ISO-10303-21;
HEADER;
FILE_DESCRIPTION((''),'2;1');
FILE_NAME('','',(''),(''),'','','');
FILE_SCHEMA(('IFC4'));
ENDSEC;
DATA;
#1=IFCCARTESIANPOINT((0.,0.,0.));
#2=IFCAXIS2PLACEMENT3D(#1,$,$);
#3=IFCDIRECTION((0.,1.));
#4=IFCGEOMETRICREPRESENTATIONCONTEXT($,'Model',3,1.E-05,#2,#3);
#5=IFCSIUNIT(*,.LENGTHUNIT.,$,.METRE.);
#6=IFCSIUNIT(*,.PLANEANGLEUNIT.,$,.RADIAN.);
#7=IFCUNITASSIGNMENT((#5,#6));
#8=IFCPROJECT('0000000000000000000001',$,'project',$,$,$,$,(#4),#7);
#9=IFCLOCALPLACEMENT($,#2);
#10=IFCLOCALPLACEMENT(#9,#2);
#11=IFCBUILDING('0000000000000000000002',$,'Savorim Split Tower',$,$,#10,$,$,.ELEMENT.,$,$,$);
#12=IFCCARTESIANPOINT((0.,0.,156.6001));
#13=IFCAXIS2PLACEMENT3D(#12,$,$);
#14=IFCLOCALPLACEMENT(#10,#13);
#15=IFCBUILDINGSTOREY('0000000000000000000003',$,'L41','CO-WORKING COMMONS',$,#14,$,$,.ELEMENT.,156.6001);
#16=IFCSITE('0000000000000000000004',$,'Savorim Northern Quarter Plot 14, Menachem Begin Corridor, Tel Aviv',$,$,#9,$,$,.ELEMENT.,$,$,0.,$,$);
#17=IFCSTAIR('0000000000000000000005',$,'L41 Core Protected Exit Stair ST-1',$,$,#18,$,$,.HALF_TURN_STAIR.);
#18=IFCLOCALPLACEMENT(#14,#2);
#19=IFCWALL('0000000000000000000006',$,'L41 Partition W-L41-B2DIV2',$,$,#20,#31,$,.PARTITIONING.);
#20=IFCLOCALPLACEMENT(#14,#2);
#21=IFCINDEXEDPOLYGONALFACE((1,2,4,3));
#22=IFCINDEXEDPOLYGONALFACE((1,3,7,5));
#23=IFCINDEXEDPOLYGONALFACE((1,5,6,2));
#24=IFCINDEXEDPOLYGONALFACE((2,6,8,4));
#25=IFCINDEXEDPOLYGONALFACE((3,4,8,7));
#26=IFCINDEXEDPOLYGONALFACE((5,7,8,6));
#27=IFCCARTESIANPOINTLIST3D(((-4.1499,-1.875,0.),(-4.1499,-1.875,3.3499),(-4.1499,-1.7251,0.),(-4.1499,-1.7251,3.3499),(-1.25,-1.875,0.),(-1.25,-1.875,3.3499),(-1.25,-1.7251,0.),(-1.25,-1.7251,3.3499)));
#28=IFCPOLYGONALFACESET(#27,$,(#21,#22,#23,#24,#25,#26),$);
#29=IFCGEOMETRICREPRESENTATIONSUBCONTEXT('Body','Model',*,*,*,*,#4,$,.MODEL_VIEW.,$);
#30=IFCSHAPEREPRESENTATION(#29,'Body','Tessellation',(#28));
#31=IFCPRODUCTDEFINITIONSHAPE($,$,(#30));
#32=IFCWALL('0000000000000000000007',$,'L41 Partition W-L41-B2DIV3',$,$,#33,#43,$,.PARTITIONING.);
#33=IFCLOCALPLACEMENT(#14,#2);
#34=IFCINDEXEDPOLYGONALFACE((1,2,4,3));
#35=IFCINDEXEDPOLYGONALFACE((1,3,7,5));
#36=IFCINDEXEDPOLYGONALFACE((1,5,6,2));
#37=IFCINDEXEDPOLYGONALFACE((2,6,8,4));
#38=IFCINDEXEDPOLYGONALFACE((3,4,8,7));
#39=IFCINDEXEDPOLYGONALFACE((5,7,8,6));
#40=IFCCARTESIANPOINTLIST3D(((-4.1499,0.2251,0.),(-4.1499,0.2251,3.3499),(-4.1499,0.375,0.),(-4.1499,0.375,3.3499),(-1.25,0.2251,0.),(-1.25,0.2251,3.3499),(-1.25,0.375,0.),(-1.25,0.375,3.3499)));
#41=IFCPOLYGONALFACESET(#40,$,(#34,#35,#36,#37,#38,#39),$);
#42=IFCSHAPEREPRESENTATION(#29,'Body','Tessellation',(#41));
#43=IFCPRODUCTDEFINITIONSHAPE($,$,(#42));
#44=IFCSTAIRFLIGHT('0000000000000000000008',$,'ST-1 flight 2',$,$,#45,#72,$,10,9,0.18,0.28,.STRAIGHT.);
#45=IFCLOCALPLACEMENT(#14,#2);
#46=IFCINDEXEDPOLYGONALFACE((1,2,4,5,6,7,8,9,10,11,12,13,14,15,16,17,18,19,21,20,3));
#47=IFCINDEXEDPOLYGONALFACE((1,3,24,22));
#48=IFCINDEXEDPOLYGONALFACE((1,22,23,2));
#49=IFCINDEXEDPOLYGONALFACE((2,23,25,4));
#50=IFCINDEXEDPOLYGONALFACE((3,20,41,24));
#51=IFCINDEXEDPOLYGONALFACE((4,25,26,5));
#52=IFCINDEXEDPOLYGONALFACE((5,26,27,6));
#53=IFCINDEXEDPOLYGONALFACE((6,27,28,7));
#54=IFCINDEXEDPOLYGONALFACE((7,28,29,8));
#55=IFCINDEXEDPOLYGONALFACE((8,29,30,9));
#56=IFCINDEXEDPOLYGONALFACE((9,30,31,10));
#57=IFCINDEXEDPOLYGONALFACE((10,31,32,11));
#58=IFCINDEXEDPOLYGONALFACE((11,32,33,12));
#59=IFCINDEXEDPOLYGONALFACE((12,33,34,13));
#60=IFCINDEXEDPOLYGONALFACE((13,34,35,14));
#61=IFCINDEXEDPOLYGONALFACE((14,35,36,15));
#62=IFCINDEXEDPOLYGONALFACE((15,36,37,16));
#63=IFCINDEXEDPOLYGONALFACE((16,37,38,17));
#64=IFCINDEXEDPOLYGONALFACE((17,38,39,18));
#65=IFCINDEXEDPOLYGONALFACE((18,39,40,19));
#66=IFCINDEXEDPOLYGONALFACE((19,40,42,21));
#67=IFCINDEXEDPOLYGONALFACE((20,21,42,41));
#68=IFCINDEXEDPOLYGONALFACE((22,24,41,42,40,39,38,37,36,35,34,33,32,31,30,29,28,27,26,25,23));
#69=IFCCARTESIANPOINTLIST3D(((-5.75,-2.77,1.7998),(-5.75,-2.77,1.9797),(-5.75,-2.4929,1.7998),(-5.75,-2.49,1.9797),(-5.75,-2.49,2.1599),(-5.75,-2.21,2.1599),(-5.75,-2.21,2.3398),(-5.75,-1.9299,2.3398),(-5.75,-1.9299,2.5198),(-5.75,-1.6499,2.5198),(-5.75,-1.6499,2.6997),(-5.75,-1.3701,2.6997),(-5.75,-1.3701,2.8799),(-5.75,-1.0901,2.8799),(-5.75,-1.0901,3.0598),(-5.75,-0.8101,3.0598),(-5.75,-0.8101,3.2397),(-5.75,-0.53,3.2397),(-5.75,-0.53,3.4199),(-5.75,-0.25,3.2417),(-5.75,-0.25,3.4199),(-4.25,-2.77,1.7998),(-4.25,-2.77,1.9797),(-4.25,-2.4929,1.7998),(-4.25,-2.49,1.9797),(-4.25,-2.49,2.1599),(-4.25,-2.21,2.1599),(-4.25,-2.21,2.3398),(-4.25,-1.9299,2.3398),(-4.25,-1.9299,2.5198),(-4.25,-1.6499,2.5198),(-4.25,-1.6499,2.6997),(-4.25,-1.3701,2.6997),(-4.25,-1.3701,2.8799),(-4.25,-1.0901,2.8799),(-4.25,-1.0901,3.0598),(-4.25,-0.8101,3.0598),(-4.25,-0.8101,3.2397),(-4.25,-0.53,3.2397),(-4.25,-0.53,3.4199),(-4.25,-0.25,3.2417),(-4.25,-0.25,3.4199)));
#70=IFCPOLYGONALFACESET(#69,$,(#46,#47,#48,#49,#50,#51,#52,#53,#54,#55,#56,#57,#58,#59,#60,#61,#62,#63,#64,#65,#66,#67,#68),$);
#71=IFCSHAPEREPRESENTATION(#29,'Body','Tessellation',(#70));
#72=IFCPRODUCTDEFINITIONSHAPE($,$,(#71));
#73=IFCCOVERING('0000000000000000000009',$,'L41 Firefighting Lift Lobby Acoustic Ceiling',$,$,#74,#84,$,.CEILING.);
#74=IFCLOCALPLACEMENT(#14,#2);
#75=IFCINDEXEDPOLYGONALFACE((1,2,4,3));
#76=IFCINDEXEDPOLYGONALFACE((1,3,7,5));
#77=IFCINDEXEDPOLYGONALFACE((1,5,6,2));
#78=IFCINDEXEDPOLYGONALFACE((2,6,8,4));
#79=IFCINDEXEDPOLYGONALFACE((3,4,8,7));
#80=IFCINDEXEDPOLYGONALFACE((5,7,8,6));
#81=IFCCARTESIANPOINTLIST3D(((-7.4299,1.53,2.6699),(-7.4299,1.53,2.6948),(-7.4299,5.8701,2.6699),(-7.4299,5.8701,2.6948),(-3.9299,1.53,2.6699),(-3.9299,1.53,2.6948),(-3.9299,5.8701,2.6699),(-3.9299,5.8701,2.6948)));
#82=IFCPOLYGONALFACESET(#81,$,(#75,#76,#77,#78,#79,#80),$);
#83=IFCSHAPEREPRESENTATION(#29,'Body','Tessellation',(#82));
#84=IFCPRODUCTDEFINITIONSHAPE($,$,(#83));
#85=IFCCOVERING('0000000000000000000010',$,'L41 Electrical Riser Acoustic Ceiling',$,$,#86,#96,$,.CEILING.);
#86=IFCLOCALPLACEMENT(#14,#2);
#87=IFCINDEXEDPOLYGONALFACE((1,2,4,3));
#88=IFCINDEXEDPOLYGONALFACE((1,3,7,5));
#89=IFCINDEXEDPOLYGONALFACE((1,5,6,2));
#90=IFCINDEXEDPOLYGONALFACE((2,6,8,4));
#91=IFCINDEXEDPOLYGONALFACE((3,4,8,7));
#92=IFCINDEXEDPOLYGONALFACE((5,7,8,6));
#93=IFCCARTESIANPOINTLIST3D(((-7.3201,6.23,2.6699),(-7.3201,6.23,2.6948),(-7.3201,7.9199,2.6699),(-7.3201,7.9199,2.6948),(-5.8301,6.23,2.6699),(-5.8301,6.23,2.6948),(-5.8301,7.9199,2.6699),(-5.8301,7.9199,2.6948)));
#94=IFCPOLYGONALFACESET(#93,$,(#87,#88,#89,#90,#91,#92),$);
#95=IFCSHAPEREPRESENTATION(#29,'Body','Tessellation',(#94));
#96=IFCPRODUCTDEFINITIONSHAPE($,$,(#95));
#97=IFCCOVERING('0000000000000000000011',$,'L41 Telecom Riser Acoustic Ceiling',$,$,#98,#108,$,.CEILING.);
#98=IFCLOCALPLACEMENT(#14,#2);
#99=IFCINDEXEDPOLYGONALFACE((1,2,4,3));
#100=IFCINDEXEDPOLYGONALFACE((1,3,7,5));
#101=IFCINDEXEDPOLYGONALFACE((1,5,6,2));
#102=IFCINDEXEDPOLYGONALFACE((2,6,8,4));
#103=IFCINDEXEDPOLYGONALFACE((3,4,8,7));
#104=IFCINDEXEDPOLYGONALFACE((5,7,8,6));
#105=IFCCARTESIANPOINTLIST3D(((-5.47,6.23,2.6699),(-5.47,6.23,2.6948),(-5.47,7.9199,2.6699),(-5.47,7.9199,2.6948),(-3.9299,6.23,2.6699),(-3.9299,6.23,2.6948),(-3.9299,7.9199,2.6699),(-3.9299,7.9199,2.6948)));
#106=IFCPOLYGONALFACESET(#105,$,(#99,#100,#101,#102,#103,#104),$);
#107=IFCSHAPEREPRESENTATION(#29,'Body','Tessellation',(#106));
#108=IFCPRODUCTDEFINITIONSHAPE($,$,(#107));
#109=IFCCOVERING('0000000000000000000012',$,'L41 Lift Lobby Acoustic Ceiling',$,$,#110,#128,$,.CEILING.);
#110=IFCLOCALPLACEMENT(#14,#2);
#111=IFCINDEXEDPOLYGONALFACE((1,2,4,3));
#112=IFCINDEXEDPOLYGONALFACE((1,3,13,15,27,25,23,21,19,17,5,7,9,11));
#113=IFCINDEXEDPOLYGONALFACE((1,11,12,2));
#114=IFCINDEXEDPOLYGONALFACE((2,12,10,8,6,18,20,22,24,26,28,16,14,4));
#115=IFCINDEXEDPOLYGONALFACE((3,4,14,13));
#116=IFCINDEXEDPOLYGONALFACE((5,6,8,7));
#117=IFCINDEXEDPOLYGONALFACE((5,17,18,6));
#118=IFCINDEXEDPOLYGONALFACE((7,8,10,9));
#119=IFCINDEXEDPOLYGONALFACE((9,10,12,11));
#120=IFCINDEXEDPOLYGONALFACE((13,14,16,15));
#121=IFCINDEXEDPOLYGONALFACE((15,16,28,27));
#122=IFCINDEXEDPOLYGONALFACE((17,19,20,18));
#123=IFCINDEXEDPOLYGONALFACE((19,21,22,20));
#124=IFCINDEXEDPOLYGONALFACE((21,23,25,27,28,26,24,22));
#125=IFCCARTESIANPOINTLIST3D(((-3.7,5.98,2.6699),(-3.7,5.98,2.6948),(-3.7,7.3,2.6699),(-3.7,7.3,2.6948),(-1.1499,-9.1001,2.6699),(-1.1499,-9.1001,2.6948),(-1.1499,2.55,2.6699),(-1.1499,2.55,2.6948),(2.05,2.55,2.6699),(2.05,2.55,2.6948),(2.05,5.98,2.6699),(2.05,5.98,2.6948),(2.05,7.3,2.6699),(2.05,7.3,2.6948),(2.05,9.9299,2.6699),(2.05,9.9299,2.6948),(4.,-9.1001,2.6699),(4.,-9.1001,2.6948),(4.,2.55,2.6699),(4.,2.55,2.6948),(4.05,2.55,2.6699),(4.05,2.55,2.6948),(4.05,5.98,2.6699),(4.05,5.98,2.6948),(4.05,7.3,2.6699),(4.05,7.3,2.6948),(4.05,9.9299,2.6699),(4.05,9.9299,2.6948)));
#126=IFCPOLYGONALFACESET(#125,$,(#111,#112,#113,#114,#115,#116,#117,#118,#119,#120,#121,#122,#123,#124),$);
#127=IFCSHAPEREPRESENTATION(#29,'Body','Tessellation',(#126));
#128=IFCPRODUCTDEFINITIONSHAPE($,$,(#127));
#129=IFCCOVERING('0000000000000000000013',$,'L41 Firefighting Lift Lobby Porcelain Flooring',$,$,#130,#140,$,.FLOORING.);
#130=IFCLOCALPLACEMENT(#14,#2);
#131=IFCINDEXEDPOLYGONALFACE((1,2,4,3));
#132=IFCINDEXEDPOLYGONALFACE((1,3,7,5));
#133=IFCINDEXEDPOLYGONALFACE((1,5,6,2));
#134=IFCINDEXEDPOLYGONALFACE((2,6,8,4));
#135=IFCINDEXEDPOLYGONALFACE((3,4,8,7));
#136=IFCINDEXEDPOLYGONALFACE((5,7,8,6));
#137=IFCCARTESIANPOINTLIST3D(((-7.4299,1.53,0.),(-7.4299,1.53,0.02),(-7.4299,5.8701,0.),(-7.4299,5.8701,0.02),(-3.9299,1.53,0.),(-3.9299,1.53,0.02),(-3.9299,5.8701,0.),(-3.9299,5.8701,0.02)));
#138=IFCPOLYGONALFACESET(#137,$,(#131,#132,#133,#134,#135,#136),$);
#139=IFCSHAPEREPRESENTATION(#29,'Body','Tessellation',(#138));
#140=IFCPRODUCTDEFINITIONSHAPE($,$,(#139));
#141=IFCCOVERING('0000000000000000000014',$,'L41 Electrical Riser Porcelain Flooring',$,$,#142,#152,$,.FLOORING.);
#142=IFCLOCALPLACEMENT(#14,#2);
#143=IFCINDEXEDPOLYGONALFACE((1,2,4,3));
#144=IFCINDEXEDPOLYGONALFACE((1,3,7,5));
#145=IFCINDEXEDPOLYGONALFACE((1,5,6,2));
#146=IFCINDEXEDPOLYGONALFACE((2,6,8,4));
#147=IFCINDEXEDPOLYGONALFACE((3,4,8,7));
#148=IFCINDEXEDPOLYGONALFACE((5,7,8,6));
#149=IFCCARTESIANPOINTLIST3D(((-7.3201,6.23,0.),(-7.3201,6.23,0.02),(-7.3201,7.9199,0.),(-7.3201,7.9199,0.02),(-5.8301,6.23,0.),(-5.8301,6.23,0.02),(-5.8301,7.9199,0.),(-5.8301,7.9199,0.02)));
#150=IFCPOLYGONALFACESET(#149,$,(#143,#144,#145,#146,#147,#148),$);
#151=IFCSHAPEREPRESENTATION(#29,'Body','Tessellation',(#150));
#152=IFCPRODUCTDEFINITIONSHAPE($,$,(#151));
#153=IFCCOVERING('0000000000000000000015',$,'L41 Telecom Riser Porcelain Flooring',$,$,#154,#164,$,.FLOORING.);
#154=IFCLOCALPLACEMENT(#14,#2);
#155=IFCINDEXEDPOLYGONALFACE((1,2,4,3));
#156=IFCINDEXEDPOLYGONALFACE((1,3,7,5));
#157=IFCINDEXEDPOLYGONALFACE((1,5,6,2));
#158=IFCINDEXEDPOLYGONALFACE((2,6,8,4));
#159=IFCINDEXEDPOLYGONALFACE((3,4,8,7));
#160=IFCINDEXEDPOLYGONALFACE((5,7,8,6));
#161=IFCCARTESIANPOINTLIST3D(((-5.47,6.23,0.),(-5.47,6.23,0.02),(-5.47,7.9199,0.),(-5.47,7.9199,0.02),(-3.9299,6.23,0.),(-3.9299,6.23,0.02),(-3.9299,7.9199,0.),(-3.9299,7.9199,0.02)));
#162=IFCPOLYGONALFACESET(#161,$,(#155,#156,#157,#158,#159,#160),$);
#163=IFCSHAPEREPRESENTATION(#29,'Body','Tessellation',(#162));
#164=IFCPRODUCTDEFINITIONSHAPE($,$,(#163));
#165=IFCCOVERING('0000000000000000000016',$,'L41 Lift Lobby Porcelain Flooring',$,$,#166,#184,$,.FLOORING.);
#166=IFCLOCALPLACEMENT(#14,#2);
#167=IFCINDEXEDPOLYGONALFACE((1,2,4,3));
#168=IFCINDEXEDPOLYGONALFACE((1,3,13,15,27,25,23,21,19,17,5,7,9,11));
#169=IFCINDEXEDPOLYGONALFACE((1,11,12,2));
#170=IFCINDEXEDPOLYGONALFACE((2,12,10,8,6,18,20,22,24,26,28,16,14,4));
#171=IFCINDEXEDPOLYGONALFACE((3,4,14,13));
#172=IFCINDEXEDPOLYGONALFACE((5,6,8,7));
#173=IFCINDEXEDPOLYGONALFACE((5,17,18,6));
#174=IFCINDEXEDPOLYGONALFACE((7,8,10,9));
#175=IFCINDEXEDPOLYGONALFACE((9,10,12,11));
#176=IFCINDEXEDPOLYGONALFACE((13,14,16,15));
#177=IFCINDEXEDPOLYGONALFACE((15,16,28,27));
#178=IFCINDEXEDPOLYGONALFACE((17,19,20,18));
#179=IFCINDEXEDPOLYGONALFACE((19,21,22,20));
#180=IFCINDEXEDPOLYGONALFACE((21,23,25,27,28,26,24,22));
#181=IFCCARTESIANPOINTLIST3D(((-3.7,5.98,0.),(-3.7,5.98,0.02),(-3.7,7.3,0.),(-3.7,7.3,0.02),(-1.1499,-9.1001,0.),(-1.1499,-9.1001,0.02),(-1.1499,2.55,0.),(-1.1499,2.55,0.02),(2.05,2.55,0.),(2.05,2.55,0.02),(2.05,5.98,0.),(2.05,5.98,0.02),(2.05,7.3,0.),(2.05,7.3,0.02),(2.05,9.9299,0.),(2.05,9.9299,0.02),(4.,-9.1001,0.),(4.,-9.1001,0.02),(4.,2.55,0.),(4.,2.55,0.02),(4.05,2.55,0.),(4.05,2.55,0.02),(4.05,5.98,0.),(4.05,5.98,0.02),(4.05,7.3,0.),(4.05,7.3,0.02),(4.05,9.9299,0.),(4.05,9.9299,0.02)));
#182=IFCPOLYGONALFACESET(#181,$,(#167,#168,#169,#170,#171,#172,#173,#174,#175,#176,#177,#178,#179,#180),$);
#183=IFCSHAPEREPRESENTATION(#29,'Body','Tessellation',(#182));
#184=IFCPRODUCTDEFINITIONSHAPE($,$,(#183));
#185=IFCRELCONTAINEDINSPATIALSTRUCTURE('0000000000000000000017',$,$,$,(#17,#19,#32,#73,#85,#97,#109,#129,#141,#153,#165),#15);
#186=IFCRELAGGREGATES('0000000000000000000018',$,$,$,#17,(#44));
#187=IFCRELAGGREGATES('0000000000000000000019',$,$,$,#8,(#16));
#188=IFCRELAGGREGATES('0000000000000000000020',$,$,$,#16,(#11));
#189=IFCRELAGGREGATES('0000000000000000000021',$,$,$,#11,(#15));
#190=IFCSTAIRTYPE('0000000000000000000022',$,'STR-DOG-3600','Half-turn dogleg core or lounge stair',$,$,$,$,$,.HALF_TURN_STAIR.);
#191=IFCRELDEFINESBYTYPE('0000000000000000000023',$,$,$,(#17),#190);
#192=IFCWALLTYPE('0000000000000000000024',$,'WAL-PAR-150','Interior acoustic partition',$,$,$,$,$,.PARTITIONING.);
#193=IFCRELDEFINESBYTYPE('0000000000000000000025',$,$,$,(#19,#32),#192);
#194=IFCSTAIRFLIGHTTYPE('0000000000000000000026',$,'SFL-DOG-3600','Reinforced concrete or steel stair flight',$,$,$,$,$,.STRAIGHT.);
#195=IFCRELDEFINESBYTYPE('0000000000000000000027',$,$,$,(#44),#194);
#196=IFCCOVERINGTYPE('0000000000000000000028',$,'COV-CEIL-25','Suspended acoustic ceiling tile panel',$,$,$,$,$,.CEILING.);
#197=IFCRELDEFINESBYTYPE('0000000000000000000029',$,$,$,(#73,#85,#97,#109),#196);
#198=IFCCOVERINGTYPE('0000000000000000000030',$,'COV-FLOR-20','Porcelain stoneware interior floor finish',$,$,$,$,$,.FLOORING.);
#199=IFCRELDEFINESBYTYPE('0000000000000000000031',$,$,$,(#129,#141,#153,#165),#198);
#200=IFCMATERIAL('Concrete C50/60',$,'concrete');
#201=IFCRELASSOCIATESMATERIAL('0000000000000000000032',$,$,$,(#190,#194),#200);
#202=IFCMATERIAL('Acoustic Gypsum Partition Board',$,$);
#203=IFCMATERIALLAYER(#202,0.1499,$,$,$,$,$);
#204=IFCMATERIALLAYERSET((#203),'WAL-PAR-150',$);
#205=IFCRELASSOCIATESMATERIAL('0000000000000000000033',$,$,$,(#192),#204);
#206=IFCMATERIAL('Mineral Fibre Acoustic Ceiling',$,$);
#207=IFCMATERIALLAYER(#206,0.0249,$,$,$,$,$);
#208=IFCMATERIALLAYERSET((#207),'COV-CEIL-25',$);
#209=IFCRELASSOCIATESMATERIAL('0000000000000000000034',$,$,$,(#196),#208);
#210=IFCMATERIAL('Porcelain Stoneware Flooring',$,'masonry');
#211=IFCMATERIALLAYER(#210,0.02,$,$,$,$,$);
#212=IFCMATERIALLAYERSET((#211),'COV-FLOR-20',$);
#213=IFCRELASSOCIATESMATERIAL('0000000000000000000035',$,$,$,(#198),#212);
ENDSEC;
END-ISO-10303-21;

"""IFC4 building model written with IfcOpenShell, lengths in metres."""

from ifc_helpers import new_model, si_unit, direction, frame, frame_2d, origin, place, context, subcontext, project, spatial, polyline, rectangle, outline, extrude, material, layer, layer_set, type_object, element, aggregate, save


model = new_model("IFC4")

# Units and contexts
model_context = context("Model", 3, precision=1e-05, world=origin(), true_north=direction((0.0, 1.0)))
body_context = subcontext(model_context, "Body", "Model", "MODEL_VIEW")
ifc_project = project(units=[si_unit("LENGTHUNIT", "METRE"), si_unit("PLANEANGLEUNIT", "RADIAN")], contexts=[model_context])

# Site, building, storey
site_placement = place(None, origin())
site = spatial("IfcSite", under=ifc_project, at=site_placement, Name="Savorim Northern Quarter Plot 14, Menachem Begin Corridor, Tel Aviv", CompositionType="ELEMENT", RefElevation=0.0)
building_placement = place(site_placement, origin())
building = spatial("IfcBuilding", under=site, at=building_placement, Name="Savorim Split Tower", CompositionType="ELEMENT")
storey_placement = place(building_placement, frame((0.0, 0.0, 156.6001)))
storey = spatial("IfcBuildingStorey", under=building, at=storey_placement, Name="L41", Description="CO-WORKING COMMONS", CompositionType="ELEMENT", Elevation=156.6001)

# Shared definitions
ifc_material_1 = material(Name="Concrete C50/60", Category="concrete")

# Stair
stair_type = type_object("IfcStairType", Name="STR-DOG-3600", Description="Half-turn dogleg core or lounge stair", PredefinedType="HALF_TURN_STAIR", material=ifc_material_1)
stair_1_placement = place(storey_placement, origin())
stair_1 = element("IfcStair", 1, at=stair_1_placement, inside=storey, type_object=stair_type, Name="L41 Core Protected Exit Stair ST-1", PredefinedType="HALF_TURN_STAIR")

# Walls
ifc_material_2 = material(Name="Acoustic Gypsum Partition Board")
ifc_layer_1 = layer(ifc_material_2, 0.1499)
ifc_layer_set_1 = layer_set([ifc_layer_1], Name="WAL-PAR-150")
wall_type_1 = type_object("IfcWallType", Name="WAL-PAR-150", Description="Interior acoustic partition", PredefinedType="PARTITIONING", material=ifc_layer_set_1)
for number, where, z_axis, x_axis, name in (
    (2, (-4.1499, -1.8, 0.0), (0.0, 0.0, 1.0), (1.0, 0.0, 0.0), "L41 Partition W-L41-B2DIV2"),
    (3, (-4.1499, 0.3, 0.0), (0.0, 0.0, 1.0), (1.0, 0.0, 0.0), "L41 Partition W-L41-B2DIV3"),
):
    element("IfcWall", number, at=place(storey_placement, frame(where, z_axis=z_axis, x_axis=x_axis)), inside=storey, type_object=wall_type_1, Name=name, PredefinedType="PARTITIONING", context=body_context, shape_type="SweptSolid", body=[
        extrude(rectangle(XDim=2.8999, YDim=0.1499, at=frame_2d((1.45, 0.0))), origin(), (0.0, 0.0, 1.0), 3.3499),
    ])

# Stair flight
stair_flight_type = type_object("IfcStairFlightType", Name="SFL-DOG-3600", Description="Reinforced concrete or steel stair flight", PredefinedType="STRAIGHT", material=ifc_material_1)
stair_flight_placement = place(storey_placement, frame((-5.0, -2.77, 1.7998), z_axis=(0.0, 0.0, 1.0), x_axis=(0.0, 1.0, 0.0)))
stair_flight = element("IfcStairFlight", 4, at=stair_flight_placement, type_object=stair_flight_type, Name="ST-1 flight 2", NumberOfRisers=10, NumberOfTreads=9, PredefinedType="STRAIGHT", RiserHeight=0.18, TreadLength=0.28, context=body_context, shape_type="SweptSolid", body=[
    extrude(outline(polyline([(0.0, 0.0), (0.0, 0.1799), (0.28, 0.1799), (0.28, 0.3601), (0.5601, 0.3601), (0.5601, 0.54), (0.8401, 0.54), (0.8401, 0.72), (1.1201, 0.72), (1.1201, 0.8999), (1.3999, 0.8999), (1.3999, 1.0801), (1.6799, 1.0801), (1.6799, 1.26), (1.96, 1.26), (1.96, 1.4399), (2.24, 1.4399), (2.24, 1.6201), (2.52, 1.6201), (2.52, 1.8), (2.52, 1.4419), (0.2771, 0.0), (0.0, 0.0)])), frame((0.0, 0.75, 0.0), z_axis=(0.0, -1.0, 0.0), x_axis=(1.0, 0.0, 0.0)), (0.0, 0.0, 1.0), 1.5),
])
aggregate(stair_1, [stair_flight])

# Coverings
ifc_material_3 = material(Name="Mineral Fibre Acoustic Ceiling")
ifc_layer_2 = layer(ifc_material_3, 0.0249)
ifc_layer_set_2 = layer_set([ifc_layer_2], Name="COV-CEIL-25")
covering_type_1 = type_object("IfcCoveringType", Name="COV-CEIL-25", Description="Suspended acoustic ceiling tile panel", PredefinedType="CEILING", material=ifc_layer_set_2)
covering_1_placement = place(storey_placement, frame((0.0, 0.0, 2.6699)))
element("IfcCovering", 5, at=covering_1_placement, inside=storey, type_object=covering_type_1, Name="L41 Firefighting Lift Lobby Acoustic Ceiling", PredefinedType="CEILING", context=body_context, shape_type="SweptSolid", body=[
    extrude(outline(polyline([(-7.4299, 5.8701), (-7.4299, 1.53), (-3.9299, 1.53), (-3.9299, 5.8701), (-7.4299, 5.8701)])), origin(), (0.0, 0.0, 1.0), 0.0249),
])
covering_2_placement = place(storey_placement, frame((0.0, 0.0, 2.6699)))
element("IfcCovering", 6, at=covering_2_placement, inside=storey, type_object=covering_type_1, Name="L41 Electrical Riser Acoustic Ceiling", PredefinedType="CEILING", context=body_context, shape_type="SweptSolid", body=[
    extrude(outline(polyline([(-7.3201, 7.9199), (-7.3201, 6.23), (-5.8301, 6.23), (-5.8301, 7.9199), (-7.3201, 7.9199)])), origin(), (0.0, 0.0, 1.0), 0.0249),
])
covering_3_placement = place(storey_placement, frame((0.0, 0.0, 2.6699)))
element("IfcCovering", 7, at=covering_3_placement, inside=storey, type_object=covering_type_1, Name="L41 Telecom Riser Acoustic Ceiling", PredefinedType="CEILING", context=body_context, shape_type="SweptSolid", body=[
    extrude(outline(polyline([(-5.47, 7.9199), (-5.47, 6.23), (-3.9299, 6.23), (-3.9299, 7.9199), (-5.47, 7.9199)])), origin(), (0.0, 0.0, 1.0), 0.0249),
])
covering_4_placement = place(storey_placement, frame((0.0, 0.0, 2.6699)))
element("IfcCovering", 8, at=covering_4_placement, inside=storey, type_object=covering_type_1, Name="L41 Lift Lobby Acoustic Ceiling", PredefinedType="CEILING", context=body_context, shape_type="SweptSolid", body=[
    extrude(outline(polyline([(2.05, 2.55), (-1.1499, 2.55), (-1.1499, -9.1001), (4.0, -9.1001), (4.0, 2.55), (4.05, 2.55), (4.05, 5.98), (4.05, 7.3), (4.05, 9.9299), (2.05, 9.9299), (2.05, 7.3), (-3.7, 7.3), (-3.7, 5.98), (2.05, 5.98), (2.05, 2.55)])), origin(), (0.0, 0.0, 1.0), 0.0249),
])
ifc_material_4 = material(Name="Porcelain Stoneware Flooring", Category="masonry")
ifc_layer_3 = layer(ifc_material_4, 0.02)
ifc_layer_set_3 = layer_set([ifc_layer_3], Name="COV-FLOR-20")
covering_type_2 = type_object("IfcCoveringType", Name="COV-FLOR-20", Description="Porcelain stoneware interior floor finish", PredefinedType="FLOORING", material=ifc_layer_set_3)
covering_5_placement = place(storey_placement, origin())
element("IfcCovering", 9, at=covering_5_placement, inside=storey, type_object=covering_type_2, Name="L41 Firefighting Lift Lobby Porcelain Flooring", PredefinedType="FLOORING", context=body_context, shape_type="SweptSolid", body=[
    extrude(outline(polyline([(-7.4299, 5.8701), (-7.4299, 1.53), (-3.9299, 1.53), (-3.9299, 5.8701), (-7.4299, 5.8701)])), origin(), (0.0, 0.0, 1.0), 0.02),
])
covering_6_placement = place(storey_placement, origin())
element("IfcCovering", 10, at=covering_6_placement, inside=storey, type_object=covering_type_2, Name="L41 Electrical Riser Porcelain Flooring", PredefinedType="FLOORING", context=body_context, shape_type="SweptSolid", body=[
    extrude(outline(polyline([(-7.3201, 7.9199), (-7.3201, 6.23), (-5.8301, 6.23), (-5.8301, 7.9199), (-7.3201, 7.9199)])), origin(), (0.0, 0.0, 1.0), 0.02),
])
covering_7_placement = place(storey_placement, origin())
element("IfcCovering", 11, at=covering_7_placement, inside=storey, type_object=covering_type_2, Name="L41 Telecom Riser Porcelain Flooring", PredefinedType="FLOORING", context=body_context, shape_type="SweptSolid", body=[
    extrude(outline(polyline([(-5.47, 7.9199), (-5.47, 6.23), (-3.9299, 6.23), (-3.9299, 7.9199), (-5.47, 7.9199)])), origin(), (0.0, 0.0, 1.0), 0.02),
])
covering_8_placement = place(storey_placement, origin())
element("IfcCovering", 12, at=covering_8_placement, inside=storey, type_object=covering_type_2, Name="L41 Lift Lobby Porcelain Flooring", PredefinedType="FLOORING", context=body_context, shape_type="SweptSolid", body=[
    extrude(outline(polyline([(2.05, 2.55), (-1.1499, 2.55), (-1.1499, -9.1001), (4.0, -9.1001), (4.0, 2.55), (4.05, 2.55), (4.05, 5.98), (4.05, 7.3), (4.05, 9.9299), (2.05, 9.9299), (2.05, 7.3), (-3.7, 7.3), (-3.7, 5.98), (2.05, 5.98), (2.05, 2.55)])), origin(), (0.0, 0.0, 1.0), 0.02),
])

save(model, "model.ifc")
